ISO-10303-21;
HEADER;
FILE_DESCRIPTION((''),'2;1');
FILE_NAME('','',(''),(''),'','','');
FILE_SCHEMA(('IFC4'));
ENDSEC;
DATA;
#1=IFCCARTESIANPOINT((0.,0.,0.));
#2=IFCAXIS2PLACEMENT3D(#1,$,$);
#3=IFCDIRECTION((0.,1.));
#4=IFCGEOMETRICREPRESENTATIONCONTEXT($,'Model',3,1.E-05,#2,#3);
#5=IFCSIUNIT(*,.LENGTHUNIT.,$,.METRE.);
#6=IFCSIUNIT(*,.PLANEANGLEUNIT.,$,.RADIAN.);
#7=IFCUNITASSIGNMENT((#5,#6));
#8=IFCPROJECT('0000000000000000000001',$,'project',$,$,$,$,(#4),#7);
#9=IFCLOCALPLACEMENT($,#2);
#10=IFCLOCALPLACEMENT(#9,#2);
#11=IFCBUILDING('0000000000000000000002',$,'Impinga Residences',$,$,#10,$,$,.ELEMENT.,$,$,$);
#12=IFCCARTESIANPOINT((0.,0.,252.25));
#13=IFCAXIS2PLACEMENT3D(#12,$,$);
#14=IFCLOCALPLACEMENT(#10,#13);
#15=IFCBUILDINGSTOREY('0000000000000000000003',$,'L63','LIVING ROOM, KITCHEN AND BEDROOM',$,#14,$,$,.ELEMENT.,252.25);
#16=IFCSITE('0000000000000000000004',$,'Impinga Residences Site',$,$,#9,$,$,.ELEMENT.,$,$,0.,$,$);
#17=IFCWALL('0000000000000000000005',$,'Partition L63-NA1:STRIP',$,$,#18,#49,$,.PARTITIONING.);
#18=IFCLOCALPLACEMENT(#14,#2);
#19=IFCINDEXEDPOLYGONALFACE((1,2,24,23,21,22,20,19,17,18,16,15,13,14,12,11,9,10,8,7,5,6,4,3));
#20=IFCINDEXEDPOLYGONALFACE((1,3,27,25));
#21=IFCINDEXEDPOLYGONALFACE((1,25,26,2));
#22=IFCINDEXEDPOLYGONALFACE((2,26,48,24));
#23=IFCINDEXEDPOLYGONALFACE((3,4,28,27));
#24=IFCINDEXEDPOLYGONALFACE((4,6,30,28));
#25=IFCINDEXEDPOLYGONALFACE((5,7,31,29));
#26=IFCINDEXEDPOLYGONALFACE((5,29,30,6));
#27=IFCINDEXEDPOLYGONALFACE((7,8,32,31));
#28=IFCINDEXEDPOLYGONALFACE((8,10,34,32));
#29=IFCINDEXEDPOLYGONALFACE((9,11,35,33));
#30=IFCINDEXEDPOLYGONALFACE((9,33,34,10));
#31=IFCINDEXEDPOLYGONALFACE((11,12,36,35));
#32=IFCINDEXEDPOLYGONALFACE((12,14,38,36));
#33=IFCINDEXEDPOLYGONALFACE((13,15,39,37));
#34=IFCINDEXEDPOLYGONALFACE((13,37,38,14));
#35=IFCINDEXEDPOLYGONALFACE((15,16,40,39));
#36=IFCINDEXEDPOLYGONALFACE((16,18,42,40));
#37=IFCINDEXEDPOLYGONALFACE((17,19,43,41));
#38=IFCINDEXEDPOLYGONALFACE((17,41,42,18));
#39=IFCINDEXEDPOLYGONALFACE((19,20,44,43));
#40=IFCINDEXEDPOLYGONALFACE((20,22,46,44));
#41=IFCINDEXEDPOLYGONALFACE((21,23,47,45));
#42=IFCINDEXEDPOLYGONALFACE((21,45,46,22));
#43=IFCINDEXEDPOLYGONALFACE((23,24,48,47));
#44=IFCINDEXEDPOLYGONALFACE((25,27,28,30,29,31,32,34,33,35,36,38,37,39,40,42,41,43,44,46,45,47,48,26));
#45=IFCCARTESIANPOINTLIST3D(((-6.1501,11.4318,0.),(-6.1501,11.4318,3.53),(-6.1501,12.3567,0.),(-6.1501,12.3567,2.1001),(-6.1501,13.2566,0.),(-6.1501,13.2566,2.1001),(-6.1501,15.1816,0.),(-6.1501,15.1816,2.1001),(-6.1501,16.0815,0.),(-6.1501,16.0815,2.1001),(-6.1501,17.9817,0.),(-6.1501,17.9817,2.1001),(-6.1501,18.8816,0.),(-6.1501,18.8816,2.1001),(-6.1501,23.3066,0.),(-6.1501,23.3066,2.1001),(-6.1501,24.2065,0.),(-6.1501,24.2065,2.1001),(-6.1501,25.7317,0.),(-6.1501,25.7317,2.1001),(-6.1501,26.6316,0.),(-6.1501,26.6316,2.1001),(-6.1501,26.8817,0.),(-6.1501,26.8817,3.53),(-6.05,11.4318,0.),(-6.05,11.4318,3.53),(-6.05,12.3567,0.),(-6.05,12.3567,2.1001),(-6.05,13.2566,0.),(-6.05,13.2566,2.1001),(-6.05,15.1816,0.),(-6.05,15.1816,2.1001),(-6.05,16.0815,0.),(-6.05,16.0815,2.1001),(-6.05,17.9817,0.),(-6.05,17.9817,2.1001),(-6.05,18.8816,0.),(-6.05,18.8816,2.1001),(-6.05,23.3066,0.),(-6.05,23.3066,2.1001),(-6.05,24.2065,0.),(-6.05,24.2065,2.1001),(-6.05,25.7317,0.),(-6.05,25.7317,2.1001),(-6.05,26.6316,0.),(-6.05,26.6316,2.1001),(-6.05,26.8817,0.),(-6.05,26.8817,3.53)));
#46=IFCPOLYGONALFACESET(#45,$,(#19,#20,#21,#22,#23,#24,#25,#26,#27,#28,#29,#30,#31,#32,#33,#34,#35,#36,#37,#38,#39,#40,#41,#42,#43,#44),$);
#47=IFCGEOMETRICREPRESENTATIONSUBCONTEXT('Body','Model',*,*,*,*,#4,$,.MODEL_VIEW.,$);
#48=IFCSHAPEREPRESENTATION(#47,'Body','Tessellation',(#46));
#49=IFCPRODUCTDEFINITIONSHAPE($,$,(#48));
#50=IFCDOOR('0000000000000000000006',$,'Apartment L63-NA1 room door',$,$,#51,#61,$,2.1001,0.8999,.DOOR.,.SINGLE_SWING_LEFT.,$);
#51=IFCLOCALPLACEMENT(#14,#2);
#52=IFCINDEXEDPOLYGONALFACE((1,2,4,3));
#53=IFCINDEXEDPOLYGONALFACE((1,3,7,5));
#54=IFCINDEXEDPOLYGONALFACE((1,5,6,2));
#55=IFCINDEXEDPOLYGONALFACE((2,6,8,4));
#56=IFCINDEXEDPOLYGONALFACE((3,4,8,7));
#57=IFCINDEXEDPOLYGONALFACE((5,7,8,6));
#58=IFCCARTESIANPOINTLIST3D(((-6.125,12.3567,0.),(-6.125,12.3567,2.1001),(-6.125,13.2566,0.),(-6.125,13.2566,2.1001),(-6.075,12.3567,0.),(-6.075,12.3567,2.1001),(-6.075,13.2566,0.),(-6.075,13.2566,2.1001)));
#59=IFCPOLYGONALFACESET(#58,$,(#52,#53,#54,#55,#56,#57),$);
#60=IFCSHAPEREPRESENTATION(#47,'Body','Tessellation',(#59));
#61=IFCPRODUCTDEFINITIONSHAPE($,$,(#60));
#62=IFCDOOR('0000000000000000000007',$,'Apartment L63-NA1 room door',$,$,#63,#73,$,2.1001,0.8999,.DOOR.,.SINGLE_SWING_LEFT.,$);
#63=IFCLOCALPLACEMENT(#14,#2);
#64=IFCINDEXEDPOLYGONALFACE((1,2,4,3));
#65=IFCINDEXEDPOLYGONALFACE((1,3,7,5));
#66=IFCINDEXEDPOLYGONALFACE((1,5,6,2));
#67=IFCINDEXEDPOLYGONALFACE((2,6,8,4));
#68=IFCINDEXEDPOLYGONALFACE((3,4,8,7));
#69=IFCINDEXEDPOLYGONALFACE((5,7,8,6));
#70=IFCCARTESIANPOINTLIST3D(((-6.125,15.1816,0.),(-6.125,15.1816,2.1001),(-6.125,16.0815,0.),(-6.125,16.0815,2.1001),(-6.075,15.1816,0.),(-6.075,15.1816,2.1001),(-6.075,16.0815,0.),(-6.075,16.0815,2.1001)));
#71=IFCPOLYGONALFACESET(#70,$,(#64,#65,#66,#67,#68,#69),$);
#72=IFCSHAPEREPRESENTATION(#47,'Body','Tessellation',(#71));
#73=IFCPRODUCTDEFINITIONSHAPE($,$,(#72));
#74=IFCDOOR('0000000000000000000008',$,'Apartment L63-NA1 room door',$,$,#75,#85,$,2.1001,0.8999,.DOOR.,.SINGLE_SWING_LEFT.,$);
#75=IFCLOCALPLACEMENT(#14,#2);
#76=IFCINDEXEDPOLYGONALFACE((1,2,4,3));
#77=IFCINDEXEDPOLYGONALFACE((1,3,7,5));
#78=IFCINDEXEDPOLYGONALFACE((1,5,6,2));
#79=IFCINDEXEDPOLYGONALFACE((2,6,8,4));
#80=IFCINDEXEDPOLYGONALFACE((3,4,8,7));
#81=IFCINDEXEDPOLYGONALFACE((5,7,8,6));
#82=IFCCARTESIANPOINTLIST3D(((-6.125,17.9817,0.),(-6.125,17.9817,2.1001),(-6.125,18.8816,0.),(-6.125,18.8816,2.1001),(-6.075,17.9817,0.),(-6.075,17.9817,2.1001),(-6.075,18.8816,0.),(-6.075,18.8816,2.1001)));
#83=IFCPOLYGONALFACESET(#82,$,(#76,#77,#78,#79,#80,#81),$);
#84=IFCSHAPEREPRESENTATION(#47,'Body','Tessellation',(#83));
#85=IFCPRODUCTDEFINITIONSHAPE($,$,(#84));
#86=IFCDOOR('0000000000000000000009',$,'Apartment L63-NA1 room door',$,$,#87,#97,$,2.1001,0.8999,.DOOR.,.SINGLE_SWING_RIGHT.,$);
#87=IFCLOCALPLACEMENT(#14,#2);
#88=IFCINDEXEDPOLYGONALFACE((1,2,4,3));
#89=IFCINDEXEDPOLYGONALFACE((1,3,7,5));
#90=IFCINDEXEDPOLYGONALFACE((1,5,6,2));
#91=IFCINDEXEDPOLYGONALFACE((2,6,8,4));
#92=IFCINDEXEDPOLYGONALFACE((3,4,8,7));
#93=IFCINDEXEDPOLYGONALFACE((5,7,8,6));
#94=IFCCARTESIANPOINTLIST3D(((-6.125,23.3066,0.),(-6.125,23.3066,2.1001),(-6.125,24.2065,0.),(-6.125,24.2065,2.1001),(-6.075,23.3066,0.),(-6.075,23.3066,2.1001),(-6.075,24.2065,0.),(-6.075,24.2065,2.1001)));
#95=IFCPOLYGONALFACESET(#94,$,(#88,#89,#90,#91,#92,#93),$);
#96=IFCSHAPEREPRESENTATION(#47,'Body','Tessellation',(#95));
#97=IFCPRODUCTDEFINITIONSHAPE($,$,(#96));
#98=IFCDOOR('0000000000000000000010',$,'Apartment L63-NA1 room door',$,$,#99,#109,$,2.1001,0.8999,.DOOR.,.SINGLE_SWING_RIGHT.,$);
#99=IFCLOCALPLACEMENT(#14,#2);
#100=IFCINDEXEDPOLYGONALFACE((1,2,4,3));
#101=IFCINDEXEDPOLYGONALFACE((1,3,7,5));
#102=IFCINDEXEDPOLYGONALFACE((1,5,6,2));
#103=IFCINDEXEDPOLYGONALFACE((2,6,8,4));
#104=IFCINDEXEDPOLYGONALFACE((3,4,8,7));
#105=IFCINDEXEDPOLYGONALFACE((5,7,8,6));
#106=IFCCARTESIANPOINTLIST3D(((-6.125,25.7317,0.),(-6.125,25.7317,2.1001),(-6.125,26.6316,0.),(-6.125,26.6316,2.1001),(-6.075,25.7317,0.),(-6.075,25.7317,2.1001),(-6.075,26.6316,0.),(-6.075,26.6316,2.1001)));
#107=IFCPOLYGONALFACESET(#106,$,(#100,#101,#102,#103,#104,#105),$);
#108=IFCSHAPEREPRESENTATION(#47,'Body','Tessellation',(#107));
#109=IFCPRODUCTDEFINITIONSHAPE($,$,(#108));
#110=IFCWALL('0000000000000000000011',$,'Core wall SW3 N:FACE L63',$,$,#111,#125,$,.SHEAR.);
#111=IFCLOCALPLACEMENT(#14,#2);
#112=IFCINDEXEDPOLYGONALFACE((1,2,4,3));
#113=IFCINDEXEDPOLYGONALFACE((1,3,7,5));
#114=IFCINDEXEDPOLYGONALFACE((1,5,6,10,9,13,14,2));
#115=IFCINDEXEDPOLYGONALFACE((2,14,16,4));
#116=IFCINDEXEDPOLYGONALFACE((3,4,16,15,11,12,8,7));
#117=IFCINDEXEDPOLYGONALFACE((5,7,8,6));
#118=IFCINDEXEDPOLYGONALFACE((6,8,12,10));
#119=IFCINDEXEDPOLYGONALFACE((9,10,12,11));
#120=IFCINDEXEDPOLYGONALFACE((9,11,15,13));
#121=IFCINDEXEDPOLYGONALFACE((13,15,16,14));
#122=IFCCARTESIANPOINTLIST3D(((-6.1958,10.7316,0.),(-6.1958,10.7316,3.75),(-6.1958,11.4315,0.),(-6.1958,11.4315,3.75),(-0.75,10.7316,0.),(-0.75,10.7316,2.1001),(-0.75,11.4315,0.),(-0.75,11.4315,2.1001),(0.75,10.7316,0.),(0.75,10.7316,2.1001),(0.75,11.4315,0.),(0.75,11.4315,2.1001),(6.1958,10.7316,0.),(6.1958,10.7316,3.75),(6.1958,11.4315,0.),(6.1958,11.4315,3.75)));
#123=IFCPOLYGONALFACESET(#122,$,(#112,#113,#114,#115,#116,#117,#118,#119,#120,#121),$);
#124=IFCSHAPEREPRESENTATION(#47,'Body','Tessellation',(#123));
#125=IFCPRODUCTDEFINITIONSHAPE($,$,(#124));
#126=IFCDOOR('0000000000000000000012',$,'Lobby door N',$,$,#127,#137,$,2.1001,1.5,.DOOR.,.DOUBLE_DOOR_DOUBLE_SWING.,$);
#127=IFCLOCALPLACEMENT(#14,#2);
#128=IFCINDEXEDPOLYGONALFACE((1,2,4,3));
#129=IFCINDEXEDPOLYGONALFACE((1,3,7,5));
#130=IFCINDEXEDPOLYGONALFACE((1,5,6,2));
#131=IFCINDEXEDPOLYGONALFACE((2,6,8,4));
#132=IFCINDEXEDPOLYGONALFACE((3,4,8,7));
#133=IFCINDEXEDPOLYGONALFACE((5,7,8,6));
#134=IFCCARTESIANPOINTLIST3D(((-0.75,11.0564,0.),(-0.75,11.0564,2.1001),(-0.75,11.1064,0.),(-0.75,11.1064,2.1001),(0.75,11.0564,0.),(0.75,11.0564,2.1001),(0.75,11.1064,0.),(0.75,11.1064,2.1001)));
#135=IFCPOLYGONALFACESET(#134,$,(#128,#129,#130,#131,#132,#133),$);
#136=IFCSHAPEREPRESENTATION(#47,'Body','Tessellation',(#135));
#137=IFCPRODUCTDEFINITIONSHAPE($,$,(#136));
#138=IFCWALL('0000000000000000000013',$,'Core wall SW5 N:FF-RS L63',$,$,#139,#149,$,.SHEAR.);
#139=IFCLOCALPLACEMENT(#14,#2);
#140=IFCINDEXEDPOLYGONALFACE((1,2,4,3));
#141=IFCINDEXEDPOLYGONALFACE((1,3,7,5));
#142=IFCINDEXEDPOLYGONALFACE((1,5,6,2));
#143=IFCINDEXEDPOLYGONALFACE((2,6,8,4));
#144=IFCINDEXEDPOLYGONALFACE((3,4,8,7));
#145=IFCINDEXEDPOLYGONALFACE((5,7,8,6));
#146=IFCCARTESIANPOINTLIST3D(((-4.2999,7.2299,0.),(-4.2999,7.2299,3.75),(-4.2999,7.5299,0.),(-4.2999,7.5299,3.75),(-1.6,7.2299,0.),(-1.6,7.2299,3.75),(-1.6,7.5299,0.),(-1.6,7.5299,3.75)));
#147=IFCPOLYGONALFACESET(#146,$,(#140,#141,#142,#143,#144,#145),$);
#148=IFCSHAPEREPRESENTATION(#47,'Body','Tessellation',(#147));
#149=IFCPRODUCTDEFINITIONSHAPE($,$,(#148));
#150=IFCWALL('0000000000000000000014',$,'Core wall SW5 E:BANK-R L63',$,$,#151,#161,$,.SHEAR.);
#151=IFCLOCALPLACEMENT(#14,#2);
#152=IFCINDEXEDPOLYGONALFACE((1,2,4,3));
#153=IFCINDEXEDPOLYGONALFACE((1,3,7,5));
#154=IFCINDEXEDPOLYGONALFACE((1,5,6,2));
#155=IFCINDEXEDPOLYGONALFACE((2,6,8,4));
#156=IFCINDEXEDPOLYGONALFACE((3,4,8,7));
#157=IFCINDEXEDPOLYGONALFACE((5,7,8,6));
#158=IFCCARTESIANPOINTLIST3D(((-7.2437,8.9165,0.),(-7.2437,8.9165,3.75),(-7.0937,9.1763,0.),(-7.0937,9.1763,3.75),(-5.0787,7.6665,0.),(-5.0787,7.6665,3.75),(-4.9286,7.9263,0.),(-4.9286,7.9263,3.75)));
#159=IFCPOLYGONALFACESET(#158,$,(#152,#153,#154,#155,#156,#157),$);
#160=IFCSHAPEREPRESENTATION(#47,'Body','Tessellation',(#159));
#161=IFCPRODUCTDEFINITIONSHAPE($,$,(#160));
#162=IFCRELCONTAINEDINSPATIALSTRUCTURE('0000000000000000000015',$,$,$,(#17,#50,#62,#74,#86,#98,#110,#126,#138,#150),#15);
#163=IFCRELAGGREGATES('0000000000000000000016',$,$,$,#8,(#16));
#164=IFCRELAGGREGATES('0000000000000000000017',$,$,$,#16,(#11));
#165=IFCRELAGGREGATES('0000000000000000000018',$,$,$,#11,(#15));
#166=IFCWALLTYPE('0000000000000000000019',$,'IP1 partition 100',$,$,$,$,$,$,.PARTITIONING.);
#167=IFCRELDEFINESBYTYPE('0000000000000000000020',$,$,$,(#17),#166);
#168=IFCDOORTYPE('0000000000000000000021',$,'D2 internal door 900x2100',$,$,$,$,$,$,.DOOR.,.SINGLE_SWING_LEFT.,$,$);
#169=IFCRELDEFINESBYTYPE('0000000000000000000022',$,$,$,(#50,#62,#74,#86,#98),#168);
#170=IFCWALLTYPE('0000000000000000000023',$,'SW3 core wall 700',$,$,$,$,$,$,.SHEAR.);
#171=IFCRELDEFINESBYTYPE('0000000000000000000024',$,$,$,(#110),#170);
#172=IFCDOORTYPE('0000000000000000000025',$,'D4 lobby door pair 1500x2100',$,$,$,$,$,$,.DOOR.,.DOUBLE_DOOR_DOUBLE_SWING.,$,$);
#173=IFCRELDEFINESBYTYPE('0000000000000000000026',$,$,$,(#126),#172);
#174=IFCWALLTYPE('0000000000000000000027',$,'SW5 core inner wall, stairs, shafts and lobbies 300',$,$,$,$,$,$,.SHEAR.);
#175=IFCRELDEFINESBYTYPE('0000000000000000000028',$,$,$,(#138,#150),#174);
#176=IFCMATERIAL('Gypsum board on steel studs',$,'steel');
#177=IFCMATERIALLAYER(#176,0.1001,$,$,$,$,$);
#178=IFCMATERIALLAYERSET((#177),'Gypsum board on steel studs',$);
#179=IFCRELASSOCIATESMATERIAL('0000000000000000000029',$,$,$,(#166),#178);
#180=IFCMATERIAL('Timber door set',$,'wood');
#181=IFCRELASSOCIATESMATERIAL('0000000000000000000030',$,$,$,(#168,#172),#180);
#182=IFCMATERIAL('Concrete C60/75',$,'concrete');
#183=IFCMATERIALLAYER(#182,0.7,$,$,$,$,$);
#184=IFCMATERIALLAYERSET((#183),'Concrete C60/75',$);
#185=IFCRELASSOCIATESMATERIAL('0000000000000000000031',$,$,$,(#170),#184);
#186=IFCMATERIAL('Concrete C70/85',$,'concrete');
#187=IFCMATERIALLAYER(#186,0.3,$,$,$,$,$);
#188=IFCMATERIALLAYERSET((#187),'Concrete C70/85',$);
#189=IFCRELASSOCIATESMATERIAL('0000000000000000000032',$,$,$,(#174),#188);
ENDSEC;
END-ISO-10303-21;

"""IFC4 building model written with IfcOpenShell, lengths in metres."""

from ifc_helpers import new_model, si_unit, direction, frame, frame_2d, origin, place, context, subcontext, project, spatial, rectangle, extrude, material, layer, layer_set, type_object, element, fill, save


model = new_model("IFC4")

# Units and contexts
model_context = context("Model", 3, precision=1e-05, world=origin(), true_north=direction((0.0, 1.0)))
body_context = subcontext(model_context, "Body", "Model", "MODEL_VIEW")
ifc_project = project(units=[si_unit("LENGTHUNIT", "METRE"), si_unit("PLANEANGLEUNIT", "RADIAN")], contexts=[model_context])

# Site, building, storey
site_placement = place(None, origin())
site = spatial("IfcSite", under=ifc_project, at=site_placement, Name="Impinga Residences Site", CompositionType="ELEMENT", RefElevation=0.0)
building_placement = place(site_placement, origin())
building = spatial("IfcBuilding", under=site, at=building_placement, Name="Impinga Residences", CompositionType="ELEMENT")
storey_placement = place(building_placement, frame((0.0, 0.0, 252.25)))
storey = spatial("IfcBuildingStorey", under=building, at=storey_placement, Name="L63", Description="LIVING ROOM, KITCHEN AND BEDROOM", CompositionType="ELEMENT", Elevation=252.25)

# Shared definitions
ifc_material_1 = material(Name="Concrete C60/75", Category="concrete")

# Shared definitions
ifc_material_2 = material(Name="Timber door set", Category="wood")

# Wall, openings, doors
ifc_material_3 = material(Name="Gypsum board on steel studs", Category="steel")
ifc_layer_1 = layer(ifc_material_3, 0.1001)
ifc_layer_set_1 = layer_set([ifc_layer_1], Name="Gypsum board on steel studs")
wall_type_1 = type_object("IfcWallType", Name="IP1 partition 100", PredefinedType="PARTITIONING", material=ifc_layer_set_1)
wall_1_placement = place(storey_placement, frame((-6.1001, 11.4316, 0.0), z_axis=(0.0, 0.0, 1.0), x_axis=(0.0, 1.0, 0.0)))
wall_1 = element("IfcWall", 1, at=wall_1_placement, inside=storey, type_object=wall_type_1, Name="Partition L63-NA1:STRIP", PredefinedType="PARTITIONING", context=body_context, shape_type="SweptSolid", body=[
    extrude(rectangle(XDim=15.45, YDim=0.1001, at=frame_2d((7.7251, 0.0))), origin(), (0.0, 0.0, 1.0), 3.53),
])
opening_1_placement = place(wall_1_placement, frame((0.925, 0.0, 0.0)))
opening_1 = element("IfcOpeningElement", 2, at=opening_1_placement, cuts=wall_1, PredefinedType="OPENING", context=body_context, shape_type="SweptSolid", body=[
    extrude(rectangle(XDim=0.8999, YDim=2.1001, at=frame_2d((0.45, 1.05))), frame((0.0, 0.0601, 0.0), z_axis=(0.0, -1.0, 0.0), x_axis=(1.0, 0.0, 0.0)), (0.0, 0.0, 1.0), 0.1201),
])
opening_2_placement = place(wall_1_placement, frame((3.75, 0.0, 0.0)))
opening_2 = element("IfcOpeningElement", 3, at=opening_2_placement, cuts=wall_1, PredefinedType="OPENING", context=body_context, shape_type="SweptSolid", body=[
    extrude(rectangle(XDim=0.8999, YDim=2.1001, at=frame_2d((0.45, 1.05))), frame((0.0, 0.0601, 0.0), z_axis=(0.0, -1.0, 0.0), x_axis=(1.0, 0.0, 0.0)), (0.0, 0.0, 1.0), 0.1201),
])
opening_3_placement = place(wall_1_placement, frame((6.55, 0.0, 0.0)))
opening_3 = element("IfcOpeningElement", 4, at=opening_3_placement, cuts=wall_1, PredefinedType="OPENING", context=body_context, shape_type="SweptSolid", body=[
    extrude(rectangle(XDim=0.8999, YDim=2.1001, at=frame_2d((0.45, 1.05))), frame((0.0, 0.0601, 0.0), z_axis=(0.0, -1.0, 0.0), x_axis=(1.0, 0.0, 0.0)), (0.0, 0.0, 1.0), 0.1201),
])
opening_4_placement = place(wall_1_placement, frame((11.875, 0.0, 0.0)))
opening_4 = element("IfcOpeningElement", 5, at=opening_4_placement, cuts=wall_1, PredefinedType="OPENING", context=body_context, shape_type="SweptSolid", body=[
    extrude(rectangle(XDim=0.8999, YDim=2.1001, at=frame_2d((0.45, 1.05))), frame((0.0, 0.0601, 0.0), z_axis=(0.0, -1.0, 0.0), x_axis=(1.0, 0.0, 0.0)), (0.0, 0.0, 1.0), 0.1201),
])
opening_5_placement = place(wall_1_placement, frame((14.3, 0.0, 0.0)))
opening_5 = element("IfcOpeningElement", 6, at=opening_5_placement, cuts=wall_1, PredefinedType="OPENING", context=body_context, shape_type="SweptSolid", body=[
    extrude(rectangle(XDim=0.8999, YDim=2.1001, at=frame_2d((0.45, 1.05))), frame((0.0, 0.0601, 0.0), z_axis=(0.0, -1.0, 0.0), x_axis=(1.0, 0.0, 0.0)), (0.0, 0.0, 1.0), 0.1201),
])
door_type_1 = type_object("IfcDoorType", Name="D2 internal door 900x2100", OperationType="SINGLE_SWING_LEFT", PredefinedType="DOOR", material=ifc_material_2)
door_1_placement = place(opening_1_placement, origin())
door_1 = element("IfcDoor", 7, at=door_1_placement, inside=storey, type_object=door_type_1, Name="Apartment L63-NA1 room door", OperationType="SINGLE_SWING_LEFT", OverallHeight=2.1001, OverallWidth=0.8999, PredefinedType="DOOR", context=body_context, shape_type="SweptSolid", body=[
    extrude(rectangle(XDim=0.8999, YDim=2.1001, at=frame_2d((0.45, 1.05))), frame((0.0, 0.0249, 0.0), z_axis=(0.0, -1.0, 0.0), x_axis=(1.0, 0.0, 0.0)), (0.0, 0.0, 1.0), 0.05),
])
fill(opening_1, door_1)
door_2_placement = place(opening_2_placement, origin())
door_2 = element("IfcDoor", 8, at=door_2_placement, inside=storey, type_object=door_type_1, Name="Apartment L63-NA1 room door", OperationType="SINGLE_SWING_LEFT", OverallHeight=2.1001, OverallWidth=0.8999, PredefinedType="DOOR", context=body_context, shape_type="SweptSolid", body=[
    extrude(rectangle(XDim=0.8999, YDim=2.1001, at=frame_2d((0.45, 1.05))), frame((0.0, 0.0249, 0.0), z_axis=(0.0, -1.0, 0.0), x_axis=(1.0, 0.0, 0.0)), (0.0, 0.0, 1.0), 0.05),
])
fill(opening_2, door_2)
door_3_placement = place(opening_3_placement, origin())
door_3 = element("IfcDoor", 9, at=door_3_placement, inside=storey, type_object=door_type_1, Name="Apartment L63-NA1 room door", OperationType="SINGLE_SWING_LEFT", OverallHeight=2.1001, OverallWidth=0.8999, PredefinedType="DOOR", context=body_context, shape_type="SweptSolid", body=[
    extrude(rectangle(XDim=0.8999, YDim=2.1001, at=frame_2d((0.45, 1.05))), frame((0.0, 0.0249, 0.0), z_axis=(0.0, -1.0, 0.0), x_axis=(1.0, 0.0, 0.0)), (0.0, 0.0, 1.0), 0.05),
])
fill(opening_3, door_3)
door_4_placement = place(opening_4_placement, origin())
door_4 = element("IfcDoor", 10, at=door_4_placement, inside=storey, type_object=door_type_1, Name="Apartment L63-NA1 room door", OperationType="SINGLE_SWING_RIGHT", OverallHeight=2.1001, OverallWidth=0.8999, PredefinedType="DOOR", context=body_context, shape_type="SweptSolid", body=[
    extrude(rectangle(XDim=0.8999, YDim=2.1001, at=frame_2d((0.45, 1.05))), frame((0.0, 0.0249, 0.0), z_axis=(0.0, -1.0, 0.0), x_axis=(1.0, 0.0, 0.0)), (0.0, 0.0, 1.0), 0.05),
])
fill(opening_4, door_4)
door_5_placement = place(opening_5_placement, origin())
door_5 = element("IfcDoor", 11, at=door_5_placement, inside=storey, type_object=door_type_1, Name="Apartment L63-NA1 room door", OperationType="SINGLE_SWING_RIGHT", OverallHeight=2.1001, OverallWidth=0.8999, PredefinedType="DOOR", context=body_context, shape_type="SweptSolid", body=[
    extrude(rectangle(XDim=0.8999, YDim=2.1001, at=frame_2d((0.45, 1.05))), frame((0.0, 0.0249, 0.0), z_axis=(0.0, -1.0, 0.0), x_axis=(1.0, 0.0, 0.0)), (0.0, 0.0, 1.0), 0.05),
])
fill(opening_5, door_5)

# Wall, opening, door
ifc_layer_2 = layer(ifc_material_1, 0.7)
ifc_layer_set_2 = layer_set([ifc_layer_2], Name="Concrete C60/75")
wall_type_2 = type_object("IfcWallType", Name="SW3 core wall 700", PredefinedType="SHEAR", material=ifc_layer_set_2)
wall_2_placement = place(storey_placement, frame((-6.1958, 11.0815, 0.0), z_axis=(0.0, 0.0, 1.0), x_axis=(1.0, 0.0, 0.0)))
wall_2 = element("IfcWall", 12, at=wall_2_placement, inside=storey, type_object=wall_type_2, Name="Core wall SW3 N:FACE L63", PredefinedType="SHEAR", context=body_context, shape_type="SweptSolid", body=[
    extrude(rectangle(XDim=12.3916, YDim=0.7, at=frame_2d((6.1958, 0.0))), origin(), (0.0, 0.0, 1.0), 3.75),
])
opening_6_placement = place(wall_2_placement, frame((5.4458, 0.0, 0.0)))
opening_6 = element("IfcOpeningElement", 13, at=opening_6_placement, cuts=wall_2, PredefinedType="OPENING", context=body_context, shape_type="SweptSolid", body=[
    extrude(rectangle(XDim=1.5, YDim=2.1001, at=frame_2d((0.75, 1.05))), frame((0.0, 0.3599, 0.0), z_axis=(0.0, -1.0, 0.0), x_axis=(1.0, 0.0, 0.0)), (0.0, 0.0, 1.0), 0.72),
])
door_type_2 = type_object("IfcDoorType", Name="D4 lobby door pair 1500x2100", OperationType="DOUBLE_DOOR_DOUBLE_SWING", PredefinedType="DOOR", material=ifc_material_2)
door_6_placement = place(opening_6_placement, origin())
door_6 = element("IfcDoor", 14, at=door_6_placement, inside=storey, type_object=door_type_2, Name="Lobby door N", OperationType="DOUBLE_DOOR_DOUBLE_SWING", OverallHeight=2.1001, OverallWidth=1.5, PredefinedType="DOOR", context=body_context, shape_type="SweptSolid", body=[
    extrude(rectangle(XDim=1.5, YDim=2.1001, at=frame_2d((0.75, 1.05))), frame((0.0, 0.0249, 0.0), z_axis=(0.0, -1.0, 0.0), x_axis=(1.0, 0.0, 0.0)), (0.0, 0.0, 1.0), 0.05),
])
fill(opening_6, door_6)

# Walls
ifc_material_4 = material(Name="Concrete C70/85", Category="concrete")
ifc_layer_3 = layer(ifc_material_4, 0.3)
ifc_layer_set_3 = layer_set([ifc_layer_3], Name="Concrete C70/85")
wall_type_3 = type_object("IfcWallType", Name="SW5 core inner wall, stairs, shafts and lobbies 300", PredefinedType="SHEAR", material=ifc_layer_set_3)
wall_3_placement = place(storey_placement, frame((-4.3, 7.3799, 0.0), z_axis=(0.0, 0.0, 1.0), x_axis=(1.0, 0.0, 0.0)))
element("IfcWall", 15, at=wall_3_placement, inside=storey, type_object=wall_type_3, Name="Core wall SW5 N:FF-RS L63", PredefinedType="SHEAR", context=body_context, shape_type="SweptSolid", body=[
    extrude(rectangle(XDim=2.7, YDim=0.3, at=frame_2d((1.3501, 0.0))), origin(), (0.0, 0.0, 1.0), 3.75),
])
wall_4_placement = place(storey_placement, frame((-5.0037, 7.7964, 0.0), z_axis=(0.0, 0.0, 1.0), x_axis=(-0.866023, 0.500004, 0.0)))
element("IfcWall", 16, at=wall_4_placement, inside=storey, type_object=wall_type_3, Name="Core wall SW5 E:BANK-R L63", PredefinedType="SHEAR", context=body_context, shape_type="SweptSolid", body=[
    extrude(rectangle(XDim=2.5, YDim=0.3, at=frame_2d((1.25, 0.0))), origin(), (0.0, 0.0, 1.0), 3.75),
])

save(model, "model.ifc")
